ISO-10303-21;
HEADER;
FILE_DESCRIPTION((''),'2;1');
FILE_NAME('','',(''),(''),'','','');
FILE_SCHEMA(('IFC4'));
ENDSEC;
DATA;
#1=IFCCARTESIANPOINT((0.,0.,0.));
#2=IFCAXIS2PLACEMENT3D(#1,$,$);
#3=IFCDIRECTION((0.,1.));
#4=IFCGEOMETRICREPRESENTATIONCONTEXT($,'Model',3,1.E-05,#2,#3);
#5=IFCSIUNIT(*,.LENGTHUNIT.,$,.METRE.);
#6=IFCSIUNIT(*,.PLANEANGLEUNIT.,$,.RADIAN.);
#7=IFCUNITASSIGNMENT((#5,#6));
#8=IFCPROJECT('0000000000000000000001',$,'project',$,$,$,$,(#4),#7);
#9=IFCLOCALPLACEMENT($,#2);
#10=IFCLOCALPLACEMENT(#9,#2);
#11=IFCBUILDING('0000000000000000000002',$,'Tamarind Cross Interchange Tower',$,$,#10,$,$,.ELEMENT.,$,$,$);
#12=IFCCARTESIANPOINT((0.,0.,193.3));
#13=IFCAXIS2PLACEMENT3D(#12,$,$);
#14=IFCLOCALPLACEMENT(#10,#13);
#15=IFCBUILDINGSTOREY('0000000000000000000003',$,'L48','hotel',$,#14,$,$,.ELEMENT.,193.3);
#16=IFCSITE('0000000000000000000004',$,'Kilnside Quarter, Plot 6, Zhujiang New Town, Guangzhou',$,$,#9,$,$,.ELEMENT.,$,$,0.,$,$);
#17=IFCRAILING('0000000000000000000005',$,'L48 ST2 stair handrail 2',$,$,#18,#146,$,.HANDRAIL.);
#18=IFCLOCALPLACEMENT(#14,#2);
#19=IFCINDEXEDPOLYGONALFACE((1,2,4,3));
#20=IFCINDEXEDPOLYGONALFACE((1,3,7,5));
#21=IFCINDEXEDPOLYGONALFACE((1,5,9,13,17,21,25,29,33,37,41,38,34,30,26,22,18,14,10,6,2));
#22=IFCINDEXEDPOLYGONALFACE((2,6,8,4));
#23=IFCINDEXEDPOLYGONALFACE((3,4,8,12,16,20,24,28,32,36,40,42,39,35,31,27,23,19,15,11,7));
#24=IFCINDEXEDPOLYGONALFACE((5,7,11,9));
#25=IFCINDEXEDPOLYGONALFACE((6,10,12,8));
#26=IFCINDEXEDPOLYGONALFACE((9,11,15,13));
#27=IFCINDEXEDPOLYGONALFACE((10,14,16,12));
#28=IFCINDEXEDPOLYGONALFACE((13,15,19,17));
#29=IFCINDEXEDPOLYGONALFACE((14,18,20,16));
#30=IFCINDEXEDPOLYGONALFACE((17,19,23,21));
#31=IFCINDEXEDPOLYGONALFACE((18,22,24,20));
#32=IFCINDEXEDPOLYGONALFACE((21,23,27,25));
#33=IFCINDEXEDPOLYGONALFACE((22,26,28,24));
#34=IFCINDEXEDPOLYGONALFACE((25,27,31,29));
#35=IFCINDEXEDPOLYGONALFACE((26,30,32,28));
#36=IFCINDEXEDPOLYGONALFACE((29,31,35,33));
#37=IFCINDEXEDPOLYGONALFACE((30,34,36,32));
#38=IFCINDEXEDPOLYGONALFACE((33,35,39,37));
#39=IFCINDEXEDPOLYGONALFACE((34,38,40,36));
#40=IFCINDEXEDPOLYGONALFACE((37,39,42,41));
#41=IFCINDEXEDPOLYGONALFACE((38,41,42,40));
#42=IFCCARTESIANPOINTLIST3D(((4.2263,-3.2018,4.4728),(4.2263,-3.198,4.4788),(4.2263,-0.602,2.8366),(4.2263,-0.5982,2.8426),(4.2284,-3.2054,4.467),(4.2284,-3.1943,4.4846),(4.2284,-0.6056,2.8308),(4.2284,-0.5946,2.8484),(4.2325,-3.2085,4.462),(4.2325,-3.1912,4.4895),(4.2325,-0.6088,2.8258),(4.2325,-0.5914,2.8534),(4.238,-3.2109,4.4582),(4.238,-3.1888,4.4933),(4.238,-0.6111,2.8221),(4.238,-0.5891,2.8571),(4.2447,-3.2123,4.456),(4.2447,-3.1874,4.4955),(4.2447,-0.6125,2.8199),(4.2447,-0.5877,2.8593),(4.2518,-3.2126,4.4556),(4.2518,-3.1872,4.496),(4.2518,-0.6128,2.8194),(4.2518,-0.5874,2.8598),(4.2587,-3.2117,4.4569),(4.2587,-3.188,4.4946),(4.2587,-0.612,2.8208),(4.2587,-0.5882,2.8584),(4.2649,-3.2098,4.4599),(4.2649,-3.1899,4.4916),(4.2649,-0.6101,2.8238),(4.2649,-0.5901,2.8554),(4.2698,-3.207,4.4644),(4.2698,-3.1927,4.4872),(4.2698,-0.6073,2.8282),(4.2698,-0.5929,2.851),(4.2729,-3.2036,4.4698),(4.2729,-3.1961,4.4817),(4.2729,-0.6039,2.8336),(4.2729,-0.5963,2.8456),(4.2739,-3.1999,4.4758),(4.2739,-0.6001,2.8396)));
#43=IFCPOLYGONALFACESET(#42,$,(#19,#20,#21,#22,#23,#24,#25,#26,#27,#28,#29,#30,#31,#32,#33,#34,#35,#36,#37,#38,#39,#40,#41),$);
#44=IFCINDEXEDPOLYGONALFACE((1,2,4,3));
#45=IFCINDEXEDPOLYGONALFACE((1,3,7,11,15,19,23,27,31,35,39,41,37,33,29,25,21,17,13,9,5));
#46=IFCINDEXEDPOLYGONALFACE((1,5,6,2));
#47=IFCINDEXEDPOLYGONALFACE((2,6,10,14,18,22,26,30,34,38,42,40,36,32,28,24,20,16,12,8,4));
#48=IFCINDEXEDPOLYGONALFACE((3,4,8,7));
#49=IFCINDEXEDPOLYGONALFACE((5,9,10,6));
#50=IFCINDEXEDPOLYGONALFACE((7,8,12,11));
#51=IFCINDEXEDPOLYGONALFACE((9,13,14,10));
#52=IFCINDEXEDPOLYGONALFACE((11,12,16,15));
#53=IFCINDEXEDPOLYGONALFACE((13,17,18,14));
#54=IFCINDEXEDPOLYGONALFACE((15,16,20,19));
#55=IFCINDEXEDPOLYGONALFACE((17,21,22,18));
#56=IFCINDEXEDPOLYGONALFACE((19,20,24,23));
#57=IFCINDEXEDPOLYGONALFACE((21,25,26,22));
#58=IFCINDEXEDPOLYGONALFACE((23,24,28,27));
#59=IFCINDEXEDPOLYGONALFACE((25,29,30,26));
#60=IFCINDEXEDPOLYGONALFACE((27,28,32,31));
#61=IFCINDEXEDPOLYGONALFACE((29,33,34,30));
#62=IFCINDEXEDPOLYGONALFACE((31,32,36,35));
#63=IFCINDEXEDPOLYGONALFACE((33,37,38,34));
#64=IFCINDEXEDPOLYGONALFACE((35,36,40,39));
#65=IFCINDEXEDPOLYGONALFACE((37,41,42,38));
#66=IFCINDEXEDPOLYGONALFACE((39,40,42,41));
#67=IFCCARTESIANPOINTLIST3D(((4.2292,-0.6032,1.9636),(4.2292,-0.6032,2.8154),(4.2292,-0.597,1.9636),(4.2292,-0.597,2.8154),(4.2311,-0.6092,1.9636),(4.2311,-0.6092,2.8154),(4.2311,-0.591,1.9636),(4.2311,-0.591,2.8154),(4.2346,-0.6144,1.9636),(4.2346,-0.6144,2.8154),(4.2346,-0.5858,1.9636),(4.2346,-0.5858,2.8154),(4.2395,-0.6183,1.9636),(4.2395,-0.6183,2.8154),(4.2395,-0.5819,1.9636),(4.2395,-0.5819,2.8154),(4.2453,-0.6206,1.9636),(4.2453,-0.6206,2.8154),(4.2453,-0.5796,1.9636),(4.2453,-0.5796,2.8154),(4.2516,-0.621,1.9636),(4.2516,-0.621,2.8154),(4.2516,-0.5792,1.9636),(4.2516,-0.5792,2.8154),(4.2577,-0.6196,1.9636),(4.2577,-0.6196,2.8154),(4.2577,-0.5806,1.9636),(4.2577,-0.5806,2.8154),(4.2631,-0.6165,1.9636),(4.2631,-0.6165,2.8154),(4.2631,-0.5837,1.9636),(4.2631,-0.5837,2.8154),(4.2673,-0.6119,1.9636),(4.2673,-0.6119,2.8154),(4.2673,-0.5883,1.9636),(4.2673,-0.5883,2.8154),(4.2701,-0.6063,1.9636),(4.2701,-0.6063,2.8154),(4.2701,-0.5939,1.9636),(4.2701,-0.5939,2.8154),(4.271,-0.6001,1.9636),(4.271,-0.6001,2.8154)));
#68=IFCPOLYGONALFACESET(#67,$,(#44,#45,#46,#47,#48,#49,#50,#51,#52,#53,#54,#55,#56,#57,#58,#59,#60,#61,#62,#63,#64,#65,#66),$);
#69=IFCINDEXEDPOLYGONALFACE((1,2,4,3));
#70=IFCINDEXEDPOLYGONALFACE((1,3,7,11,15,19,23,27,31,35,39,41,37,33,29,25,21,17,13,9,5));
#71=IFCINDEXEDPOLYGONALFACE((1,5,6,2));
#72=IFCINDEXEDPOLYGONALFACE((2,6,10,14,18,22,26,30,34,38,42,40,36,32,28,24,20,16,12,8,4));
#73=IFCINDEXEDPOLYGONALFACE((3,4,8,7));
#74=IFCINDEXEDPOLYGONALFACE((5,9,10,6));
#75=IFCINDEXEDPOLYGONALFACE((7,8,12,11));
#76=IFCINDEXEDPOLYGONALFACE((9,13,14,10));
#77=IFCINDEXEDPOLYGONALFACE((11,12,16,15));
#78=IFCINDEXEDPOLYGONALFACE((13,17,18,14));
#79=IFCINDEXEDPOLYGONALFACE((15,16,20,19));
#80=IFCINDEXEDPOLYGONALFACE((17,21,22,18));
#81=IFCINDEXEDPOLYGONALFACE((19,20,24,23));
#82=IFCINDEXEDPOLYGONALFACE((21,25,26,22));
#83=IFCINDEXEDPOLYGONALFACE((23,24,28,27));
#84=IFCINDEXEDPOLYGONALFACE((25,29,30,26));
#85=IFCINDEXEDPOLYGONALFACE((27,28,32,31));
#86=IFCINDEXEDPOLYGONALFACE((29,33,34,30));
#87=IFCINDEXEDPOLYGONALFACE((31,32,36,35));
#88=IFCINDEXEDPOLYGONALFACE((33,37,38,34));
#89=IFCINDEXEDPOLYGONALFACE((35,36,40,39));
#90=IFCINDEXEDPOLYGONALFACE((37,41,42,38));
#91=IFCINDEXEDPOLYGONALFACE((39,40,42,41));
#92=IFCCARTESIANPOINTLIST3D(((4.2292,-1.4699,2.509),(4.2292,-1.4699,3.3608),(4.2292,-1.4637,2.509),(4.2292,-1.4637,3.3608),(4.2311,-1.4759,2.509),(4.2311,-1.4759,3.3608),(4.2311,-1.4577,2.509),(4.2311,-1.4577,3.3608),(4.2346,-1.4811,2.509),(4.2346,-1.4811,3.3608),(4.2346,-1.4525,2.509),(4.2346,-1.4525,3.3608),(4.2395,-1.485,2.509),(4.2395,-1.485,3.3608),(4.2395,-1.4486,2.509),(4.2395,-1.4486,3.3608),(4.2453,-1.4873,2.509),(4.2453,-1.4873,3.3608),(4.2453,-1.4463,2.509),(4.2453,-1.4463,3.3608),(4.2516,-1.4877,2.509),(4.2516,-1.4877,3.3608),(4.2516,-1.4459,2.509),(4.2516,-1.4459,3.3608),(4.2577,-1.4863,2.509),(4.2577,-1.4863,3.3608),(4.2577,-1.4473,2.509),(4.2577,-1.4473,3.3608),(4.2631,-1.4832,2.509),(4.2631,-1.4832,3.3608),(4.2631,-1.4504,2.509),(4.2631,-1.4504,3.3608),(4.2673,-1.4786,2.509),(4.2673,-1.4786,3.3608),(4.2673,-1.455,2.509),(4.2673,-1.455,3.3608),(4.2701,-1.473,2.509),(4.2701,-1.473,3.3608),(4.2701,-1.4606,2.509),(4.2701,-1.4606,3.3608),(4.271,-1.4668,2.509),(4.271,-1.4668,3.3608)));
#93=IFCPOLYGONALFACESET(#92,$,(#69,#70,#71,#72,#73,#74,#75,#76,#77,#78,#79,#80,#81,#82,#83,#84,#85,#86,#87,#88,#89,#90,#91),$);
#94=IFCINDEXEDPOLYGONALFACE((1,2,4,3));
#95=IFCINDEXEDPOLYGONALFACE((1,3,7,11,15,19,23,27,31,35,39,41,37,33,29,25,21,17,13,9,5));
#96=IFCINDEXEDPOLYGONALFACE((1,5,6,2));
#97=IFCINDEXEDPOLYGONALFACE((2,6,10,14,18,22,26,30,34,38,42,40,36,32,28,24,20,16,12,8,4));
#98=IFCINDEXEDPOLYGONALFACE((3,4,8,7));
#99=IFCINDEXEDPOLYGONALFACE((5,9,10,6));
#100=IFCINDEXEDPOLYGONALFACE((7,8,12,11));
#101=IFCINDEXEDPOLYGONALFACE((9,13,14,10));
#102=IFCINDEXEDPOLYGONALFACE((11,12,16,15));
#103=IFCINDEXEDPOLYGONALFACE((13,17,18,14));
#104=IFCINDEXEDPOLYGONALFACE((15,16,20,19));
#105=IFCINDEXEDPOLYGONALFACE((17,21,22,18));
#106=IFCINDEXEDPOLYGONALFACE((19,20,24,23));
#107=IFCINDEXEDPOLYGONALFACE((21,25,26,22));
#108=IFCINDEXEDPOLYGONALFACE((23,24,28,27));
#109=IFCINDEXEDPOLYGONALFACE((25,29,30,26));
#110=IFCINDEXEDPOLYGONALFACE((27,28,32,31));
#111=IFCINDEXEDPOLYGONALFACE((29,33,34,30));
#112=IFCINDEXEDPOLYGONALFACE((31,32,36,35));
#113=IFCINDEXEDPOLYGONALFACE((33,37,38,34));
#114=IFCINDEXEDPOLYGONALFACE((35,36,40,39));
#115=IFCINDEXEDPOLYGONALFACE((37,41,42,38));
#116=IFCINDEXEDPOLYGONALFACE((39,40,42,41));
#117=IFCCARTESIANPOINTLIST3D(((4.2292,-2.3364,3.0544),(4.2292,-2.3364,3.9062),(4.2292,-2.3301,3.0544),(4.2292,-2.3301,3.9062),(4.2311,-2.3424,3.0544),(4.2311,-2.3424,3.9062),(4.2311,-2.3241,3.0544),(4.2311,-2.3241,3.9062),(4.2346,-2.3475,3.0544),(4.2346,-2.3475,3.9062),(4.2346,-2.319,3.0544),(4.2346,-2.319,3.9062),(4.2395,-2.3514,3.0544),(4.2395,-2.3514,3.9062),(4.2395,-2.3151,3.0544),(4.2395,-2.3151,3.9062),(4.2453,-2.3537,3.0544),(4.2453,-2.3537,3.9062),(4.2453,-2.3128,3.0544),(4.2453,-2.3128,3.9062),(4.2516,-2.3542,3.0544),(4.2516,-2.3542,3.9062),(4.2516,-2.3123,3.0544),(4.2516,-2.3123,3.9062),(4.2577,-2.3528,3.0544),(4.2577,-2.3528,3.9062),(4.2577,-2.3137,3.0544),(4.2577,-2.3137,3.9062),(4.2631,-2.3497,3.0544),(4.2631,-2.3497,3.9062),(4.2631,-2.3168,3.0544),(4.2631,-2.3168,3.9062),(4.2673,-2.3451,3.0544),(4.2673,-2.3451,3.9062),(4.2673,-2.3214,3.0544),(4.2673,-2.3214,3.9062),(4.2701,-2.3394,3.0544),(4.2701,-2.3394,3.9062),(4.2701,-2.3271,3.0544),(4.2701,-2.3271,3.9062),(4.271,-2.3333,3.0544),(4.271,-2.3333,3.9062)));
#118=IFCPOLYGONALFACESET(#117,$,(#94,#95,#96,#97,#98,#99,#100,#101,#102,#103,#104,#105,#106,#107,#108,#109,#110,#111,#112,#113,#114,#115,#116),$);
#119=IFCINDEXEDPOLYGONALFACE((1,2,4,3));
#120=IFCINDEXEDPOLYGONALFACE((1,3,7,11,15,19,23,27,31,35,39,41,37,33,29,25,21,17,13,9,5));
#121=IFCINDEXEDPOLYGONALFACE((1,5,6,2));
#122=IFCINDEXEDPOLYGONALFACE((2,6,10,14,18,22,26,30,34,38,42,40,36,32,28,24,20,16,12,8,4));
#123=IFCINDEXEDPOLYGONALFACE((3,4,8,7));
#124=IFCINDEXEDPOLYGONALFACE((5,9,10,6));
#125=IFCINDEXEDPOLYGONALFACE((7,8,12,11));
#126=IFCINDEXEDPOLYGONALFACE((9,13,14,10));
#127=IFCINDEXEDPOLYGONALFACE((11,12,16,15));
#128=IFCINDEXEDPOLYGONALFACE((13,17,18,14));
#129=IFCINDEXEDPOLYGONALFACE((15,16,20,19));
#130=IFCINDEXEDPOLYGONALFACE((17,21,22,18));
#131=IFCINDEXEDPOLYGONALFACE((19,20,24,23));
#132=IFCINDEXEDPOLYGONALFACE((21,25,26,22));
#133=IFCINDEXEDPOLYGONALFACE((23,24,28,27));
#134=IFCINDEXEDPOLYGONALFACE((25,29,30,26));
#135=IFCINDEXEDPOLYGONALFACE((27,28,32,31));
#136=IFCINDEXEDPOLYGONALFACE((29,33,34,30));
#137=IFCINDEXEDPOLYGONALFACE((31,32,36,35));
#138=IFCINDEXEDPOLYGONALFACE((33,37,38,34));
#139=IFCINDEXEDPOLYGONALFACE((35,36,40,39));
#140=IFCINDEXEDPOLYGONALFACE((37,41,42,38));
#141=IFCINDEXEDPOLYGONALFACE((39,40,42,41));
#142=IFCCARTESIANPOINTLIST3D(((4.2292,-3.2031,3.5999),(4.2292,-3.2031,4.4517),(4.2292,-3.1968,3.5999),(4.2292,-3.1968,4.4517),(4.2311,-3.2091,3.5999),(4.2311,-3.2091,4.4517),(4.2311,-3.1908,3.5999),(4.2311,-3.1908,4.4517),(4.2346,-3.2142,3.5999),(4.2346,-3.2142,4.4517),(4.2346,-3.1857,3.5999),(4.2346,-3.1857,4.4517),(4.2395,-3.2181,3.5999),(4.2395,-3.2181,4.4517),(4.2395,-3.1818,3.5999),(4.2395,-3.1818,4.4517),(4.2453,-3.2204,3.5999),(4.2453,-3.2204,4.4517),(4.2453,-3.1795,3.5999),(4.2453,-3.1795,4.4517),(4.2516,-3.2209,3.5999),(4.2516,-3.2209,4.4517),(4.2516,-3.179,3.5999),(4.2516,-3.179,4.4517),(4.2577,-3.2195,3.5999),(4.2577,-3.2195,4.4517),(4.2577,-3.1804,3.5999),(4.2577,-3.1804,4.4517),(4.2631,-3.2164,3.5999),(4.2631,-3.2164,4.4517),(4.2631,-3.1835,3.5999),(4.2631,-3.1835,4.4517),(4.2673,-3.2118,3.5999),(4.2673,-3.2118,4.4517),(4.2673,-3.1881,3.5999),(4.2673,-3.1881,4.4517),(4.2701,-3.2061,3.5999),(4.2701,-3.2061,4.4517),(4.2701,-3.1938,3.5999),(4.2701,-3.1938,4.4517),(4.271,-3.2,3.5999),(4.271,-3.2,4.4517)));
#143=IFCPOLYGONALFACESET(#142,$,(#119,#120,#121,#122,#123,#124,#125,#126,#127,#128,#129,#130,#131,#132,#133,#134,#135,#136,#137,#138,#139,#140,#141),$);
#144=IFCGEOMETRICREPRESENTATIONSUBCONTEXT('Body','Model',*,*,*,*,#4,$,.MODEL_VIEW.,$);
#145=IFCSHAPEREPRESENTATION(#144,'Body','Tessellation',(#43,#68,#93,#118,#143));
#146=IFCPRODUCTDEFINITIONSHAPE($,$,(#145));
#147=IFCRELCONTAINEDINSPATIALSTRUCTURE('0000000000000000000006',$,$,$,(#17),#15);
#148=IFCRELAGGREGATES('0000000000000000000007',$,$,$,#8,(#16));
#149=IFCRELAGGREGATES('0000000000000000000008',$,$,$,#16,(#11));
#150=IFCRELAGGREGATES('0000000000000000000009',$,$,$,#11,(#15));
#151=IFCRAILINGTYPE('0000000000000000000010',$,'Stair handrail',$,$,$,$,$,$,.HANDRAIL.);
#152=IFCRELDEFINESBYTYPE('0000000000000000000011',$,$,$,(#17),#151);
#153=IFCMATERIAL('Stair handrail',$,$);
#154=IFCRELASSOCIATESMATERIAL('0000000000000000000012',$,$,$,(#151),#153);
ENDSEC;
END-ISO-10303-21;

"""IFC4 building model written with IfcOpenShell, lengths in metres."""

from ifc_helpers import new_model, si_unit, direction, frame, origin, origin_2d, place, context, subcontext, project, spatial, circle, extrude, material, type_object, element, save


model = new_model("IFC4")

# Units and contexts
model_context = context("Model", 3, precision=1e-05, world=origin(), true_north=direction((0.0, 1.0)))
body_context = subcontext(model_context, "Body", "Model", "MODEL_VIEW")
ifc_project = project(units=[si_unit("LENGTHUNIT", "METRE"), si_unit("PLANEANGLEUNIT", "RADIAN")], contexts=[model_context])

# Site, building, storey
site_placement = place(None, origin())
site = spatial("IfcSite", under=ifc_project, at=site_placement, Name="Kilnside Quarter, Plot 6, Zhujiang New Town, Guangzhou", CompositionType="ELEMENT", RefElevation=0.0)
building_placement = place(site_placement, origin())
building = spatial("IfcBuilding", under=site, at=building_placement, Name="Tamarind Cross Interchange Tower", CompositionType="ELEMENT")
storey_placement = place(building_placement, frame((0.0, 0.0, 193.3)))
storey = spatial("IfcBuildingStorey", under=building, at=storey_placement, Name="L48", Description="hotel", CompositionType="ELEMENT", Elevation=193.3)

# Railing
ifc_material_1 = material(Name="Stair handrail")
railing_type_1 = type_object("IfcRailingType", Name="Stair handrail", PredefinedType="HANDRAIL", material=ifc_material_1)
railing_1_placement = place(storey_placement, frame((4.25, -0.6001, 1.9636)))
element("IfcRailing", 1, at=railing_1_placement, inside=storey, type_object=railing_type_1, Name="L48 ST2 stair handrail 2", PredefinedType="HANDRAIL", context=body_context, shape_type="SweptSolid", body=[
    extrude(circle(Radius=0.0239, at=origin_2d()), frame((0.0, 0.0, 0.876), z_axis=(0.0, -0.846338, 0.532647), x_axis=(1.0, 0.0, 0.0)), (0.0, 0.0, 1.0), 3.0718),
    extrude(circle(Radius=0.021, at=origin_2d()), origin(), (0.0, 0.0, 1.0), 0.8518),
    extrude(circle(Radius=0.021, at=origin_2d()), frame((0.0, -0.8667, 0.5454)), (0.0, 0.0, 1.0), 0.8518),
    extrude(circle(Radius=0.021, at=origin_2d()), frame((0.0, -1.7332, 1.0908)), (0.0, 0.0, 1.0), 0.8518),
    extrude(circle(Radius=0.021, at=origin_2d()), frame((0.0, -2.5999, 1.6362)), (0.0, 0.0, 1.0), 0.8518),
])

save(model, "model.ifc")
